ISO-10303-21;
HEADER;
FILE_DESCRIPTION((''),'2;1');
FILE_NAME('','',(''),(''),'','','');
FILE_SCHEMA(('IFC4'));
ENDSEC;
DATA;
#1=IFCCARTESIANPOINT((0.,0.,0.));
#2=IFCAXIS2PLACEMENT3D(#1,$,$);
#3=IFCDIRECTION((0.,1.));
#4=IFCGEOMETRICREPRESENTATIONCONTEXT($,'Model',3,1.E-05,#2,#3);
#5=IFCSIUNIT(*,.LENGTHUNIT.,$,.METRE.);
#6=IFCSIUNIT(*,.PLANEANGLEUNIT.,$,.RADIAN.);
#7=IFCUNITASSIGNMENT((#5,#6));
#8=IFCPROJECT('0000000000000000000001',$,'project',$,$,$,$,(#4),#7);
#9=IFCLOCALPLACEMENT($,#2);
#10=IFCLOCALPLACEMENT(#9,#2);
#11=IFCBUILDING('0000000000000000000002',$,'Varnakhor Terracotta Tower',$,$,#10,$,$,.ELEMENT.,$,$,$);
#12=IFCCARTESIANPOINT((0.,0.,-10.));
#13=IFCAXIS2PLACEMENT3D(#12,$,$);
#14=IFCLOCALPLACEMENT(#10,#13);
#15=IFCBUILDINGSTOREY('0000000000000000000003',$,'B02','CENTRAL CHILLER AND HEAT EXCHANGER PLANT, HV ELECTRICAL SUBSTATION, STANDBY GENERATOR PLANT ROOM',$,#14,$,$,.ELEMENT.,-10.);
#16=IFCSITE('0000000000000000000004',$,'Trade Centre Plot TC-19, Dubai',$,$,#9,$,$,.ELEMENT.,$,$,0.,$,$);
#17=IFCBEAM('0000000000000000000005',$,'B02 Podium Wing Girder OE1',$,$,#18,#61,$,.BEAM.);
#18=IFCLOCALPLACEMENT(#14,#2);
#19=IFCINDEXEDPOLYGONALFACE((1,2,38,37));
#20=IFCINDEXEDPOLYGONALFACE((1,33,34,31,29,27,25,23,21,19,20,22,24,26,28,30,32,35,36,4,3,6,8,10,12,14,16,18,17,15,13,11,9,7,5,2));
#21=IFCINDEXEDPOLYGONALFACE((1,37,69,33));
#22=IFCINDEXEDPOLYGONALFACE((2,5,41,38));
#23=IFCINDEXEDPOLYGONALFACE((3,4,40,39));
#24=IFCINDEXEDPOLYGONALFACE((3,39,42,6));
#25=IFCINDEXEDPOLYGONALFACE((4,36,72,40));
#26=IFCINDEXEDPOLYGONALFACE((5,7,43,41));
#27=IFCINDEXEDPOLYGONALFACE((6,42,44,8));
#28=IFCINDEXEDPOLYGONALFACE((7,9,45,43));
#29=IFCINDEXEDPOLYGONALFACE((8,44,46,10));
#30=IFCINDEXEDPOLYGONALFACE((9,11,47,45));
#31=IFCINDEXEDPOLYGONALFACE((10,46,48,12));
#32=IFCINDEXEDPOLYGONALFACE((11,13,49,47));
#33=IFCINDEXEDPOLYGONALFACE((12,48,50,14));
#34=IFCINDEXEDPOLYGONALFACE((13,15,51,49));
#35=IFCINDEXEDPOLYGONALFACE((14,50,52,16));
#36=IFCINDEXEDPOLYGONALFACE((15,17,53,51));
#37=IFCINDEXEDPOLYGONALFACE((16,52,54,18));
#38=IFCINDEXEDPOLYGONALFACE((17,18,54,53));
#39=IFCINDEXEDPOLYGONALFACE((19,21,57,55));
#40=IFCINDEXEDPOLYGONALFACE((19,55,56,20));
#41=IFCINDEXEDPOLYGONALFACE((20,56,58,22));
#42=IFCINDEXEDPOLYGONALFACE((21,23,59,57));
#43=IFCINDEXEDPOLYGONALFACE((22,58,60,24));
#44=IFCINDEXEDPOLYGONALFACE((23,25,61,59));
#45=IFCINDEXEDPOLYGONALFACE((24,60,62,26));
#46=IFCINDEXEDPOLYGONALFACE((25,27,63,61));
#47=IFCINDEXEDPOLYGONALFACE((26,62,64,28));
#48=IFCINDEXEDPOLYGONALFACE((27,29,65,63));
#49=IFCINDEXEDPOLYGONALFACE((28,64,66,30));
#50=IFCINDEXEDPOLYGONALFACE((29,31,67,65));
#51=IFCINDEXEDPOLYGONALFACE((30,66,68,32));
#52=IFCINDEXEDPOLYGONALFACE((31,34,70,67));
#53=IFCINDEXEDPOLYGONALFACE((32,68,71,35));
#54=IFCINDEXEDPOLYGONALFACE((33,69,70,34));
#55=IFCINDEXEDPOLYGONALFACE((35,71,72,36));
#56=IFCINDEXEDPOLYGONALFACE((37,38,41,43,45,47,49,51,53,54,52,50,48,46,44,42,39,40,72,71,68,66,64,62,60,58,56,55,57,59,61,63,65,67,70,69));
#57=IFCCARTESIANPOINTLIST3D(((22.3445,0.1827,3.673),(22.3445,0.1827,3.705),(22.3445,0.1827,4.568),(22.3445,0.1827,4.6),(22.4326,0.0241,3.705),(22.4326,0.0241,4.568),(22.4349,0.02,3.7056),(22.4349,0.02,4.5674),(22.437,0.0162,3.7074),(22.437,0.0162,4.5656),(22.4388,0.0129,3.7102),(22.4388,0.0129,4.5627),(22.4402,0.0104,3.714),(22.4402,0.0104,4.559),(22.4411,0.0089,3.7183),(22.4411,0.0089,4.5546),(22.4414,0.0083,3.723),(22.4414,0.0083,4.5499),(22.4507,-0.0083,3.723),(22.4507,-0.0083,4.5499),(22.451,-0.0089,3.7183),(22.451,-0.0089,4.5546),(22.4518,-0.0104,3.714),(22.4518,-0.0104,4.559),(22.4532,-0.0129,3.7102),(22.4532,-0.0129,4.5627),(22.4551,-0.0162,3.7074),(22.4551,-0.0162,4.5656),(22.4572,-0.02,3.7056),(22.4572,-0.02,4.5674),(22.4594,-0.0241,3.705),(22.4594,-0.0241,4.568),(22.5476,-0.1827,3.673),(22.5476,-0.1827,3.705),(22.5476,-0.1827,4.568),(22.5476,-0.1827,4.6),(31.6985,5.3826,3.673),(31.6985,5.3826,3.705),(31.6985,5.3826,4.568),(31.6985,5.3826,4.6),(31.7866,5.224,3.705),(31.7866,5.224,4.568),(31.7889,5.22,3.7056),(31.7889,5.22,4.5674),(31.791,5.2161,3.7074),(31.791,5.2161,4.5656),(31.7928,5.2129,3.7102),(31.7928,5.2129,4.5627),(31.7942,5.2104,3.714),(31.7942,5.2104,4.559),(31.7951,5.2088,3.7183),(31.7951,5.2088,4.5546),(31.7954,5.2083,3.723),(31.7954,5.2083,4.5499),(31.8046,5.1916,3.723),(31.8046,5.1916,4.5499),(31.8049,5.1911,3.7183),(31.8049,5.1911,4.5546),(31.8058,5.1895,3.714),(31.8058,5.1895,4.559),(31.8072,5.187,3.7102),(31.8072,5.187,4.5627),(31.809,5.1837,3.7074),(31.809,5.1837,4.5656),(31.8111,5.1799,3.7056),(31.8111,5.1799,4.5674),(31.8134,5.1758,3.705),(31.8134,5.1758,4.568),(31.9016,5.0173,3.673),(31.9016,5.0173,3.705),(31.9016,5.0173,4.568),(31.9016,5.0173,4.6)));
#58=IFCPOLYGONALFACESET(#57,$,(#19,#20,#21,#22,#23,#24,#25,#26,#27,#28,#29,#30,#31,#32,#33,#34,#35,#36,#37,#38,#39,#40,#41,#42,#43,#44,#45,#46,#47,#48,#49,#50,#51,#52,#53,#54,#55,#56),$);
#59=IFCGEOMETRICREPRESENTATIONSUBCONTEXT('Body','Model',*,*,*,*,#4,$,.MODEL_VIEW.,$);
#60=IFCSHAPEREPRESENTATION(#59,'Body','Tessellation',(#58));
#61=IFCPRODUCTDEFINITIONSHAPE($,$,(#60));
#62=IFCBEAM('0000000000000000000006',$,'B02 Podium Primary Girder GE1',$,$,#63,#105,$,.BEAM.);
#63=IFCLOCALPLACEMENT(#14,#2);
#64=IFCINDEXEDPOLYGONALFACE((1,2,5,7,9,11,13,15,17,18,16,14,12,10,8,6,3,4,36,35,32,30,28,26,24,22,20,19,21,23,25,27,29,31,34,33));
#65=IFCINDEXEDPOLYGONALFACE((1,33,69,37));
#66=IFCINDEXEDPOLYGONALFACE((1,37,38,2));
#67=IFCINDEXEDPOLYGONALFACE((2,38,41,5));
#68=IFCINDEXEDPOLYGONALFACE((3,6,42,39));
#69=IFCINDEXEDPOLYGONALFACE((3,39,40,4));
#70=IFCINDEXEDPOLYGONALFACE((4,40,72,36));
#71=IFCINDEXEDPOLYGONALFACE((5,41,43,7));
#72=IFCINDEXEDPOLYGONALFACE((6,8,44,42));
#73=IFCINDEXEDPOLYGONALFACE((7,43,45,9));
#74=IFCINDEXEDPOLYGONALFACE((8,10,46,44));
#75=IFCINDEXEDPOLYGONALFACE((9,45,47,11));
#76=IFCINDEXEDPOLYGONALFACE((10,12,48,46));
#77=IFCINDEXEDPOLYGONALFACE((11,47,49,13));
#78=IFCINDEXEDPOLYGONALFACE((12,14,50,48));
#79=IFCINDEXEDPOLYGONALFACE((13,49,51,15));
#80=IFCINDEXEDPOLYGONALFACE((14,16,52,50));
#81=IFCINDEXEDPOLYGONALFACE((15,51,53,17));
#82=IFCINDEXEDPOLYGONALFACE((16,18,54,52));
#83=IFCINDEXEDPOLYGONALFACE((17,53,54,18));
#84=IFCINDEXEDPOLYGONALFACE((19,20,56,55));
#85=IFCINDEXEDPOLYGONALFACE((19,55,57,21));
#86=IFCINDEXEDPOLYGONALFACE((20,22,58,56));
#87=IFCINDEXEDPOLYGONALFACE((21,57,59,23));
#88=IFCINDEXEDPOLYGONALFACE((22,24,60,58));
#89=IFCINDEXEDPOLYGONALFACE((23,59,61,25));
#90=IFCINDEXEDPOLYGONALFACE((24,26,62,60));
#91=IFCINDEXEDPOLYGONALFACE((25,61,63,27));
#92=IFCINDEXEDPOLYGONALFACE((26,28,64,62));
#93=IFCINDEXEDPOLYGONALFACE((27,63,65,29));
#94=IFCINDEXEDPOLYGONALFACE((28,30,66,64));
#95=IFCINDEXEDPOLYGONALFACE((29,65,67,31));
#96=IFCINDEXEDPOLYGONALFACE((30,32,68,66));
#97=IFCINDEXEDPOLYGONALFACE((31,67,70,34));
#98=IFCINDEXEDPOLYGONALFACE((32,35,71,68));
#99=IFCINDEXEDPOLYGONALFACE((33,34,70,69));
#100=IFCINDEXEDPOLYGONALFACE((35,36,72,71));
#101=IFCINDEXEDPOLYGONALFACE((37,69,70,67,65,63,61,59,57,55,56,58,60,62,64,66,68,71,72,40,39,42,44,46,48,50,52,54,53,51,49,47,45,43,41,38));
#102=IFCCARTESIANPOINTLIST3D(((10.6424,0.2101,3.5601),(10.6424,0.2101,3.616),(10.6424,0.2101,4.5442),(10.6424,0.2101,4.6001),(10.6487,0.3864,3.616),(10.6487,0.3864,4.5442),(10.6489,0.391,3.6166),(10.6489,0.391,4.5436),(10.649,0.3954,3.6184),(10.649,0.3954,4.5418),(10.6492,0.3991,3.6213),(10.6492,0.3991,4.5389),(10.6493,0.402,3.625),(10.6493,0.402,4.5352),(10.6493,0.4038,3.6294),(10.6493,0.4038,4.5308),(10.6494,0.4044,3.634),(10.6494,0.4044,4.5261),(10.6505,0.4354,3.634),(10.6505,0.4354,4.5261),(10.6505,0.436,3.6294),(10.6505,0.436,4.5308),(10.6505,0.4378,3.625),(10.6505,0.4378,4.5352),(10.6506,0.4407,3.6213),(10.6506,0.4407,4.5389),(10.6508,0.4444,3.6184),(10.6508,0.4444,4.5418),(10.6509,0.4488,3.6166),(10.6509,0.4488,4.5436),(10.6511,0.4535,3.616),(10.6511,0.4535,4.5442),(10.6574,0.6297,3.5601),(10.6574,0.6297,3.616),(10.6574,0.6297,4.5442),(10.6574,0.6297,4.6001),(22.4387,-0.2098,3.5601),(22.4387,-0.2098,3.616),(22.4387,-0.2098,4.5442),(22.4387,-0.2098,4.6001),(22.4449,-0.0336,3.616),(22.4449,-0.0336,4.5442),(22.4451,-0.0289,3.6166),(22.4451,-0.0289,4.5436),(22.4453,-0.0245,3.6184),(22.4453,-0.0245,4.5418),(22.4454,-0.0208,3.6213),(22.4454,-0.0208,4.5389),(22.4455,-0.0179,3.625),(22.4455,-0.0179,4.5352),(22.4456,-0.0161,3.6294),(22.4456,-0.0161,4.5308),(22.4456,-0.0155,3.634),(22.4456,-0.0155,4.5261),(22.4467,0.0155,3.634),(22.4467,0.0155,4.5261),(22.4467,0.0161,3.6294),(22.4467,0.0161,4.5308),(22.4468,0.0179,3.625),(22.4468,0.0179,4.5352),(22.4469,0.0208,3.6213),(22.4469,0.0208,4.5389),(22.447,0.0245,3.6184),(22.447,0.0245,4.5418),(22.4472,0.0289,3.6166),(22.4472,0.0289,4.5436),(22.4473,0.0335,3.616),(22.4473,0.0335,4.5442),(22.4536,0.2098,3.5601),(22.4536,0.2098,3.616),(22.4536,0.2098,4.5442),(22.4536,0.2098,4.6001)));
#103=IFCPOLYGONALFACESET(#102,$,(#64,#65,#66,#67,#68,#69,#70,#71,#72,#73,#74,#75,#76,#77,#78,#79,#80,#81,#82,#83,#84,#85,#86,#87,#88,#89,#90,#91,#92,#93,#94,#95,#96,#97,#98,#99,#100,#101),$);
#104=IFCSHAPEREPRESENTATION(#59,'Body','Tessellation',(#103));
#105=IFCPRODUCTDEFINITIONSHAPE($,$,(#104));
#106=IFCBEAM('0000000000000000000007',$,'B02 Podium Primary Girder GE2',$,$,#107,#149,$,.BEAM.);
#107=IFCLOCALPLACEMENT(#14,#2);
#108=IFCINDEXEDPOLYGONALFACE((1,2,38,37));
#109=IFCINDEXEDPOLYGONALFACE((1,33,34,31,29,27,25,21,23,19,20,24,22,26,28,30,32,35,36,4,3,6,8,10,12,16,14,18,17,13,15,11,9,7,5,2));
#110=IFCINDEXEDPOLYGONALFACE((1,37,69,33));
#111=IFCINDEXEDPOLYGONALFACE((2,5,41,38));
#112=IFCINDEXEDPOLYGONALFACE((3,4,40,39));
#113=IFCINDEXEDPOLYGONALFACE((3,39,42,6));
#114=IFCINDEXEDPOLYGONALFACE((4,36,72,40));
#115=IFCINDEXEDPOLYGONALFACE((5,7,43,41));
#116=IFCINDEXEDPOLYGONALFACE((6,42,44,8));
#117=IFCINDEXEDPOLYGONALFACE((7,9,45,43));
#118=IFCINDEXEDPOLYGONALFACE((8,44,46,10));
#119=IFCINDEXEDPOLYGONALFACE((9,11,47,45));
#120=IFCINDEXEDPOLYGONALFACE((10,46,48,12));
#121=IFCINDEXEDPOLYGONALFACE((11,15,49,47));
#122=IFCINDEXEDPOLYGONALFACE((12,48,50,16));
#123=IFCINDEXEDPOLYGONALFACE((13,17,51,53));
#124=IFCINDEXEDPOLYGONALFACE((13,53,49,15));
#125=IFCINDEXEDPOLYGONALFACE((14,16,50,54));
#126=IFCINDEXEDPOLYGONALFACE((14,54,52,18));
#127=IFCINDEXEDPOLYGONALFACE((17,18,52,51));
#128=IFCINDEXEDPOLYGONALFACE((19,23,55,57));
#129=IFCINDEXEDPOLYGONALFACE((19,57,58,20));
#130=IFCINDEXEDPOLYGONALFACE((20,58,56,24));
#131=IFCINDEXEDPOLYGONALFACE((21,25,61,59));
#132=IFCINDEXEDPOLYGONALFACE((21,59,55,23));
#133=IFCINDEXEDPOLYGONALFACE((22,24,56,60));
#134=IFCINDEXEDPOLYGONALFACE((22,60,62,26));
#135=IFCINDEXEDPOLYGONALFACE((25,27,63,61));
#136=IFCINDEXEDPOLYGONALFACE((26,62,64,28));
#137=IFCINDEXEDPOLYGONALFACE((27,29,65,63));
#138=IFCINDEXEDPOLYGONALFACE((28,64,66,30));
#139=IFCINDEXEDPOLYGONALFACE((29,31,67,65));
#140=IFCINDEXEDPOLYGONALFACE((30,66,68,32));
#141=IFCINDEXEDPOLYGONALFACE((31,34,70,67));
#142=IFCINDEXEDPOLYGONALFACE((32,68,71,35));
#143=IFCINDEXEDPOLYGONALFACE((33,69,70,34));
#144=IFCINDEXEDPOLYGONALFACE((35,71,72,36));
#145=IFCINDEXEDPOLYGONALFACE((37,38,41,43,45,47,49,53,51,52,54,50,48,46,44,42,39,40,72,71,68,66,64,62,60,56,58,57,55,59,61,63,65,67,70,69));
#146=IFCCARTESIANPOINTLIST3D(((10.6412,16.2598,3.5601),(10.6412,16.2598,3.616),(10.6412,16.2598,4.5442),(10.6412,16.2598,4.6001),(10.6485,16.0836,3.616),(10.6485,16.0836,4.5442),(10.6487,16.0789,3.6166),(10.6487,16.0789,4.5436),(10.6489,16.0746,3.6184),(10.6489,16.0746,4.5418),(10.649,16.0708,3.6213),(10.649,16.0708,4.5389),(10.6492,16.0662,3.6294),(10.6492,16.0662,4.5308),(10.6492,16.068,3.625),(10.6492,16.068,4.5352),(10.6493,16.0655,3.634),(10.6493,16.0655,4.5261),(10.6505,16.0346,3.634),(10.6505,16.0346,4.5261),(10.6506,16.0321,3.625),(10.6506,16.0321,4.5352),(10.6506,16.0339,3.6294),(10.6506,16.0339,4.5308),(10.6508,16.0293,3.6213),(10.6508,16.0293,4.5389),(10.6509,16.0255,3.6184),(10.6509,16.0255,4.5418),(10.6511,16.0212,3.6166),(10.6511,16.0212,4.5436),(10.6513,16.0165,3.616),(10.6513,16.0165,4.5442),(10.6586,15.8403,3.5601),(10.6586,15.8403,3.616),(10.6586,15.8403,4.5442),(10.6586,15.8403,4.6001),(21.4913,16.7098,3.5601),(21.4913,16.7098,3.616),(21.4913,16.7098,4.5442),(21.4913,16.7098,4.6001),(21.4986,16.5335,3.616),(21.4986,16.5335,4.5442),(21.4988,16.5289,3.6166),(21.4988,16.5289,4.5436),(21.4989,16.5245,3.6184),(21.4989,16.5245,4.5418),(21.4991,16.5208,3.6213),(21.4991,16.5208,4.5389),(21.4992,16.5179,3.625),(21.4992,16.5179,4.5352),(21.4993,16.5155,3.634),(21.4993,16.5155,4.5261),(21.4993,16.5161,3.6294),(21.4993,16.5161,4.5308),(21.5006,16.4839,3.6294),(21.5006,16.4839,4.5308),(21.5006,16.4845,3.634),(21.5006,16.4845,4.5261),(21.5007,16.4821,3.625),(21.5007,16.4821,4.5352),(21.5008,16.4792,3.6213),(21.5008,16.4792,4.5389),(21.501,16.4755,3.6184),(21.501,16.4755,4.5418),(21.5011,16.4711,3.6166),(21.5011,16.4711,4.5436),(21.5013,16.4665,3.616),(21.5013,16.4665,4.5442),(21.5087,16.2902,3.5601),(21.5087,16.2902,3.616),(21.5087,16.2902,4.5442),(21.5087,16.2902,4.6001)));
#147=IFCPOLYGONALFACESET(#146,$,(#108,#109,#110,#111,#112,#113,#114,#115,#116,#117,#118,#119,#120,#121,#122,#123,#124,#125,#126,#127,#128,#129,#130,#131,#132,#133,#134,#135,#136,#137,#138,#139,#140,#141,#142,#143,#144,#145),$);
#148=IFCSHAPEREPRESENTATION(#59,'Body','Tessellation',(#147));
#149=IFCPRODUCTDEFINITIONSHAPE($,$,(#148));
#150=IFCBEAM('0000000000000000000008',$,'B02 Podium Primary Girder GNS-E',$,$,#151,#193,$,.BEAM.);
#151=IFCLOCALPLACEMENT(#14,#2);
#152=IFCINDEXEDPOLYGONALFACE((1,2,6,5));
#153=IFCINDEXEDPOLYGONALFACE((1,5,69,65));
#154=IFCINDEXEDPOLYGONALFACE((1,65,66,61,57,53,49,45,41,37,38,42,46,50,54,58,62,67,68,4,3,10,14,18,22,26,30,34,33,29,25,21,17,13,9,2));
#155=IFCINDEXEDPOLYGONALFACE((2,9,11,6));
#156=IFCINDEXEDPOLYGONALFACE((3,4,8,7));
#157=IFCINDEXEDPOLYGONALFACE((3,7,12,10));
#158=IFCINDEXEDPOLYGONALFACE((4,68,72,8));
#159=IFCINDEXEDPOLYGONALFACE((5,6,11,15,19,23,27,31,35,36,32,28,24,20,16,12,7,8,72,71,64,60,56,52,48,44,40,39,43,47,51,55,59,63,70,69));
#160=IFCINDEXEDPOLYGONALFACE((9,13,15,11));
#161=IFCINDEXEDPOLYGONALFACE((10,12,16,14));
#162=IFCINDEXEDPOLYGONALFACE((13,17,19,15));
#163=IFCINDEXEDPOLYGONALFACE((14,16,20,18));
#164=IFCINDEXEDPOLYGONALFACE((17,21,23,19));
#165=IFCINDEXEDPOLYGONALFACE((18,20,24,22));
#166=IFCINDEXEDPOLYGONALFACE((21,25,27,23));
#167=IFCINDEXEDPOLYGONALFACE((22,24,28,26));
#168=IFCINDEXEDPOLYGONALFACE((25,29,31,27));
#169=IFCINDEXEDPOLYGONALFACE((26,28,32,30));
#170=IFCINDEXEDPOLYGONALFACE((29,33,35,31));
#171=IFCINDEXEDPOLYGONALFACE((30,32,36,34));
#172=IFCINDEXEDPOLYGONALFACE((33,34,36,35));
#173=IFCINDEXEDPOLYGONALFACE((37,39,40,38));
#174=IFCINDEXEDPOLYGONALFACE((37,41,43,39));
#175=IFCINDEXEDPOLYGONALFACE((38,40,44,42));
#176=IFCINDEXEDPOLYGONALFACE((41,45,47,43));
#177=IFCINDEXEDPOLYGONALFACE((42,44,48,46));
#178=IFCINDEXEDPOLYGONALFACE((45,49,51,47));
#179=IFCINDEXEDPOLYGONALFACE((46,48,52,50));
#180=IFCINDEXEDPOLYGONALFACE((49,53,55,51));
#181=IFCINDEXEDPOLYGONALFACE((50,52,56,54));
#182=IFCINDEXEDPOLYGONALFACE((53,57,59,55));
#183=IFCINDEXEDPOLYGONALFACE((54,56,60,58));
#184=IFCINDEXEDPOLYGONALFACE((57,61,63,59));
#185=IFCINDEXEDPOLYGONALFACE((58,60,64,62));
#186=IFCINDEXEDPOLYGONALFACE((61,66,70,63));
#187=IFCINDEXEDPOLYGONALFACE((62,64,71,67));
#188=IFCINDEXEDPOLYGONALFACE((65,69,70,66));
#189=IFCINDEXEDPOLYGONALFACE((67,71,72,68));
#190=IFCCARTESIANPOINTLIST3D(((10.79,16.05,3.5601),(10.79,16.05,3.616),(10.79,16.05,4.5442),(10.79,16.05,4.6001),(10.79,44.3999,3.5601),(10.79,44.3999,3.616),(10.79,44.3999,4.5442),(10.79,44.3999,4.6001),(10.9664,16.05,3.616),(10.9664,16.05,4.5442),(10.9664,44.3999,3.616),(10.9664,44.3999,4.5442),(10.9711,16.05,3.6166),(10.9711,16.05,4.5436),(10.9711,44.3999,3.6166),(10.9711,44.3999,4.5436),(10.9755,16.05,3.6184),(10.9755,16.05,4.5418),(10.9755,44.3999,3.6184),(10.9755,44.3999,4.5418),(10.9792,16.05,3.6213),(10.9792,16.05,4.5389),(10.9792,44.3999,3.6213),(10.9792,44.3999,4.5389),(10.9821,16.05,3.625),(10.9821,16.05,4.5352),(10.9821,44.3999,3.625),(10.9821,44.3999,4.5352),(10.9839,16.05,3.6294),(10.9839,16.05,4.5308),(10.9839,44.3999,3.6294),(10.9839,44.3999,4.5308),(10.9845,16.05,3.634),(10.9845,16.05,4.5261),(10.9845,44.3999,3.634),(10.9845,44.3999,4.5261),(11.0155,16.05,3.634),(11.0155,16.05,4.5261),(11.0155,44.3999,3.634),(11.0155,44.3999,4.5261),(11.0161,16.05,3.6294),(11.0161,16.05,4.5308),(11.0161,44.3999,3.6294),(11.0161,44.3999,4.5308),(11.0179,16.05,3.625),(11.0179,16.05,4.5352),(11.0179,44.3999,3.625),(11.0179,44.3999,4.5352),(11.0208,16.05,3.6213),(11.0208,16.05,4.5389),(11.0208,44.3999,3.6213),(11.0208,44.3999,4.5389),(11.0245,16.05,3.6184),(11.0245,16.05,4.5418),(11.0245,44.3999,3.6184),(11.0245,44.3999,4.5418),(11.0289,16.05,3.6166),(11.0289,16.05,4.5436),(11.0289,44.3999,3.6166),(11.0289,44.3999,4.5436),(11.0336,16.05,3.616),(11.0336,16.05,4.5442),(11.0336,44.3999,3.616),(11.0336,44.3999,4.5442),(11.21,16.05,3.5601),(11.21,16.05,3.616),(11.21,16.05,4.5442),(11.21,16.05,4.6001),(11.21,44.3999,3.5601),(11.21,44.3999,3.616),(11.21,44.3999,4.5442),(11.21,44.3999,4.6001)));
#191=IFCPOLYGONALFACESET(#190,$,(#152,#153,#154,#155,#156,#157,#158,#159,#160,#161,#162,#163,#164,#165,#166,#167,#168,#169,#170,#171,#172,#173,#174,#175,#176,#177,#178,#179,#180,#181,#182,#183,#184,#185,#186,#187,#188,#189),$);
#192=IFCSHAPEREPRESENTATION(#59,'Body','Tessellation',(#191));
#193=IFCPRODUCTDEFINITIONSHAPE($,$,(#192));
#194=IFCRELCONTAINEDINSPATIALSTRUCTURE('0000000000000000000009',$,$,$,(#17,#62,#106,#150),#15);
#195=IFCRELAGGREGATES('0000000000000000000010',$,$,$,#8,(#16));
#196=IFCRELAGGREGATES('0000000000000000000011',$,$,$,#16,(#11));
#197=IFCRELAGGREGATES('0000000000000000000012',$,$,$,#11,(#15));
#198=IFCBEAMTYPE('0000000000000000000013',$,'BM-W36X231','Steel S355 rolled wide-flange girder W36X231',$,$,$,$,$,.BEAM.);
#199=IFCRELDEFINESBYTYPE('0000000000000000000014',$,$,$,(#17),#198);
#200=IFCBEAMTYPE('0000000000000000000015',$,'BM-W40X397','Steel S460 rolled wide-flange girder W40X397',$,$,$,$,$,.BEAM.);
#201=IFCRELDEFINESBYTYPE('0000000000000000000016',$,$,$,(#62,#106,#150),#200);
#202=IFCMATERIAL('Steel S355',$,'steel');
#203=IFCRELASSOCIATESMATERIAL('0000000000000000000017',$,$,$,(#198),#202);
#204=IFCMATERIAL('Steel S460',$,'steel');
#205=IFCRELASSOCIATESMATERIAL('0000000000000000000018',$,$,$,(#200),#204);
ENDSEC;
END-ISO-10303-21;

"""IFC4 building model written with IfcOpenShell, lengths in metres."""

from ifc_helpers import new_model, si_unit, direction, frame, origin, origin_2d, place, context, subcontext, project, spatial, i_section, extrude, source, transform, mapped, material, material_profile, profile_set, type_object, type_shapes, element, save


model = new_model("IFC4")

# Units and contexts
model_context = context("Model", 3, precision=1e-05, world=origin(), true_north=direction((0.0, 1.0)))
body_context = subcontext(model_context, "Body", "Model", "MODEL_VIEW")
ifc_project = project(units=[si_unit("LENGTHUNIT", "METRE"), si_unit("PLANEANGLEUNIT", "RADIAN")], contexts=[model_context])

# Site, building, storey
site_placement = place(None, origin())
site = spatial("IfcSite", under=ifc_project, at=site_placement, Name="Trade Centre Plot TC-19, Dubai", CompositionType="ELEMENT", RefElevation=0.0)
building_placement = place(site_placement, origin())
building = spatial("IfcBuilding", under=site, at=building_placement, Name="Varnakhor Terracotta Tower", CompositionType="ELEMENT")
storey_placement = place(building_placement, frame((0.0, 0.0, -10.0)))
storey = spatial("IfcBuildingStorey", under=building, at=storey_placement, Name="B02", Description="CENTRAL CHILLER AND HEAT EXCHANGER PLANT, HV ELECTRICAL SUBSTATION, STANDBY GENERATOR PLANT ROOM", CompositionType="ELEMENT", Elevation=-10.0)

# Shared definitions
ifc_material_1 = material(Name="Steel S460", Category="steel")

# Beams
ifc_material_2 = material(Name="Steel S355", Category="steel")
ifc_material_profile_1 = material_profile(ifc_material_2, i_section(OverallWidth=0.418, OverallDepth=0.927, WebThickness=0.019, FlangeThickness=0.032, FilletRadius=0.0181, at=origin_2d()), Name="W36X231")
ifc_profile_set_1 = profile_set([ifc_material_profile_1], Name="Steel S355")
beam_type_1 = type_object("IfcBeamType", Name="BM-W36X231", Description="Steel S355 rolled wide-flange girder W36X231", PredefinedType="BEAM", material=ifc_profile_set_1)
shared_shape_1 = source(origin(), body_context, "Body", "SweptSolid", [
    extrude(i_section(OverallWidth=0.418, OverallDepth=0.927, WebThickness=0.019, FlangeThickness=0.032, FilletRadius=0.0181, at=origin_2d()), origin(), (0.0, 0.0, 1.0), 10.7021),
])
beam_1_placement = place(storey_placement, frame((22.446, 0.0, 4.1365), z_axis=(0.874027, 0.485877, 0.0), x_axis=(-0.485877, 0.874027, 0.0)))
element("IfcBeam", 1, at=beam_1_placement, inside=storey, type_object=beam_type_1, Name="B02 Podium Wing Girder OE1", PredefinedType="BEAM", context=body_context, shape_type="MappedRepresentation", body=[
    mapped(shared_shape_1, transform((0.0, 0.0, 0.0), scale=1.0)),
])
ifc_material_profile_2 = material_profile(ifc_material_1, i_section(OverallWidth=0.4199, OverallDepth=1.04, WebThickness=0.031, FlangeThickness=0.0559, FilletRadius=0.0181, at=origin_2d()), Name="W40X397")
ifc_profile_set_2 = profile_set([ifc_material_profile_2], Name="Steel S460")
beam_type_2 = type_object("IfcBeamType", Name="BM-W40X397", Description="Steel S460 rolled wide-flange girder W40X397", PredefinedType="BEAM", material=ifc_profile_set_2)
shared_shape_2 = source(origin(), body_context, "Body", "SweptSolid", [
    extrude(i_section(OverallWidth=0.4199, OverallDepth=1.04, WebThickness=0.031, FlangeThickness=0.0559, FilletRadius=0.0181, at=origin_2d()), origin(), (0.0, 0.0, 1.0), 11.8037),
])
type_shapes(beam_type_2, [shared_shape_2])
beam_2_placement = place(storey_placement, frame((10.6499, 0.4199, 4.0801), z_axis=(0.999367, -0.035576, 0.0), x_axis=(0.035576, 0.999367, 0.0)))
element("IfcBeam", 2, at=beam_2_placement, inside=storey, type_object=beam_type_2, Name="B02 Podium Primary Girder GE1", PredefinedType="BEAM", context=body_context, shape_type="MappedRepresentation", body=[
    mapped(shared_shape_2, transform((0.0, 0.0, 0.0), scale=1.0)),
])
shared_shape_3 = source(origin(), body_context, "Body", "SweptSolid", [
    extrude(i_section(OverallWidth=0.4199, OverallDepth=1.04, WebThickness=0.031, FlangeThickness=0.0559, FilletRadius=0.0181, at=origin_2d()), origin(), (0.0, 0.0, 1.0), 10.8594),
])
beam_3_placement = place(storey_placement, frame((10.6499, 16.05, 4.0801), z_axis=(0.999141, 0.041434, 0.0), x_axis=(-0.041434, 0.999141, 0.0)))
element("IfcBeam", 3, at=beam_3_placement, inside=storey, type_object=beam_type_2, Name="B02 Podium Primary Girder GE2", PredefinedType="BEAM", context=body_context, shape_type="MappedRepresentation", body=[
    mapped(shared_shape_3, transform((0.0, 0.0, 0.0), scale=1.0)),
])
shared_shape_4 = source(origin(), body_context, "Body", "SweptSolid", [
    extrude(i_section(OverallWidth=0.4199, OverallDepth=1.04, WebThickness=0.031, FlangeThickness=0.0559, FilletRadius=0.0181, at=origin_2d()), origin(), (0.0, 0.0, 1.0), 28.3499),
])
beam_4_placement = place(storey_placement, frame((11.0, 16.05, 4.0801), z_axis=(0.0, 1.0, 0.0), x_axis=(-1.0, 0.0, 0.0)))
element("IfcBeam", 4, at=beam_4_placement, inside=storey, type_object=beam_type_2, Name="B02 Podium Primary Girder GNS-E", PredefinedType="BEAM", context=body_context, shape_type="MappedRepresentation", body=[
    mapped(shared_shape_4, transform((0.0, 0.0, 0.0), scale=1.0)),
])

save(model, "model.ifc")
